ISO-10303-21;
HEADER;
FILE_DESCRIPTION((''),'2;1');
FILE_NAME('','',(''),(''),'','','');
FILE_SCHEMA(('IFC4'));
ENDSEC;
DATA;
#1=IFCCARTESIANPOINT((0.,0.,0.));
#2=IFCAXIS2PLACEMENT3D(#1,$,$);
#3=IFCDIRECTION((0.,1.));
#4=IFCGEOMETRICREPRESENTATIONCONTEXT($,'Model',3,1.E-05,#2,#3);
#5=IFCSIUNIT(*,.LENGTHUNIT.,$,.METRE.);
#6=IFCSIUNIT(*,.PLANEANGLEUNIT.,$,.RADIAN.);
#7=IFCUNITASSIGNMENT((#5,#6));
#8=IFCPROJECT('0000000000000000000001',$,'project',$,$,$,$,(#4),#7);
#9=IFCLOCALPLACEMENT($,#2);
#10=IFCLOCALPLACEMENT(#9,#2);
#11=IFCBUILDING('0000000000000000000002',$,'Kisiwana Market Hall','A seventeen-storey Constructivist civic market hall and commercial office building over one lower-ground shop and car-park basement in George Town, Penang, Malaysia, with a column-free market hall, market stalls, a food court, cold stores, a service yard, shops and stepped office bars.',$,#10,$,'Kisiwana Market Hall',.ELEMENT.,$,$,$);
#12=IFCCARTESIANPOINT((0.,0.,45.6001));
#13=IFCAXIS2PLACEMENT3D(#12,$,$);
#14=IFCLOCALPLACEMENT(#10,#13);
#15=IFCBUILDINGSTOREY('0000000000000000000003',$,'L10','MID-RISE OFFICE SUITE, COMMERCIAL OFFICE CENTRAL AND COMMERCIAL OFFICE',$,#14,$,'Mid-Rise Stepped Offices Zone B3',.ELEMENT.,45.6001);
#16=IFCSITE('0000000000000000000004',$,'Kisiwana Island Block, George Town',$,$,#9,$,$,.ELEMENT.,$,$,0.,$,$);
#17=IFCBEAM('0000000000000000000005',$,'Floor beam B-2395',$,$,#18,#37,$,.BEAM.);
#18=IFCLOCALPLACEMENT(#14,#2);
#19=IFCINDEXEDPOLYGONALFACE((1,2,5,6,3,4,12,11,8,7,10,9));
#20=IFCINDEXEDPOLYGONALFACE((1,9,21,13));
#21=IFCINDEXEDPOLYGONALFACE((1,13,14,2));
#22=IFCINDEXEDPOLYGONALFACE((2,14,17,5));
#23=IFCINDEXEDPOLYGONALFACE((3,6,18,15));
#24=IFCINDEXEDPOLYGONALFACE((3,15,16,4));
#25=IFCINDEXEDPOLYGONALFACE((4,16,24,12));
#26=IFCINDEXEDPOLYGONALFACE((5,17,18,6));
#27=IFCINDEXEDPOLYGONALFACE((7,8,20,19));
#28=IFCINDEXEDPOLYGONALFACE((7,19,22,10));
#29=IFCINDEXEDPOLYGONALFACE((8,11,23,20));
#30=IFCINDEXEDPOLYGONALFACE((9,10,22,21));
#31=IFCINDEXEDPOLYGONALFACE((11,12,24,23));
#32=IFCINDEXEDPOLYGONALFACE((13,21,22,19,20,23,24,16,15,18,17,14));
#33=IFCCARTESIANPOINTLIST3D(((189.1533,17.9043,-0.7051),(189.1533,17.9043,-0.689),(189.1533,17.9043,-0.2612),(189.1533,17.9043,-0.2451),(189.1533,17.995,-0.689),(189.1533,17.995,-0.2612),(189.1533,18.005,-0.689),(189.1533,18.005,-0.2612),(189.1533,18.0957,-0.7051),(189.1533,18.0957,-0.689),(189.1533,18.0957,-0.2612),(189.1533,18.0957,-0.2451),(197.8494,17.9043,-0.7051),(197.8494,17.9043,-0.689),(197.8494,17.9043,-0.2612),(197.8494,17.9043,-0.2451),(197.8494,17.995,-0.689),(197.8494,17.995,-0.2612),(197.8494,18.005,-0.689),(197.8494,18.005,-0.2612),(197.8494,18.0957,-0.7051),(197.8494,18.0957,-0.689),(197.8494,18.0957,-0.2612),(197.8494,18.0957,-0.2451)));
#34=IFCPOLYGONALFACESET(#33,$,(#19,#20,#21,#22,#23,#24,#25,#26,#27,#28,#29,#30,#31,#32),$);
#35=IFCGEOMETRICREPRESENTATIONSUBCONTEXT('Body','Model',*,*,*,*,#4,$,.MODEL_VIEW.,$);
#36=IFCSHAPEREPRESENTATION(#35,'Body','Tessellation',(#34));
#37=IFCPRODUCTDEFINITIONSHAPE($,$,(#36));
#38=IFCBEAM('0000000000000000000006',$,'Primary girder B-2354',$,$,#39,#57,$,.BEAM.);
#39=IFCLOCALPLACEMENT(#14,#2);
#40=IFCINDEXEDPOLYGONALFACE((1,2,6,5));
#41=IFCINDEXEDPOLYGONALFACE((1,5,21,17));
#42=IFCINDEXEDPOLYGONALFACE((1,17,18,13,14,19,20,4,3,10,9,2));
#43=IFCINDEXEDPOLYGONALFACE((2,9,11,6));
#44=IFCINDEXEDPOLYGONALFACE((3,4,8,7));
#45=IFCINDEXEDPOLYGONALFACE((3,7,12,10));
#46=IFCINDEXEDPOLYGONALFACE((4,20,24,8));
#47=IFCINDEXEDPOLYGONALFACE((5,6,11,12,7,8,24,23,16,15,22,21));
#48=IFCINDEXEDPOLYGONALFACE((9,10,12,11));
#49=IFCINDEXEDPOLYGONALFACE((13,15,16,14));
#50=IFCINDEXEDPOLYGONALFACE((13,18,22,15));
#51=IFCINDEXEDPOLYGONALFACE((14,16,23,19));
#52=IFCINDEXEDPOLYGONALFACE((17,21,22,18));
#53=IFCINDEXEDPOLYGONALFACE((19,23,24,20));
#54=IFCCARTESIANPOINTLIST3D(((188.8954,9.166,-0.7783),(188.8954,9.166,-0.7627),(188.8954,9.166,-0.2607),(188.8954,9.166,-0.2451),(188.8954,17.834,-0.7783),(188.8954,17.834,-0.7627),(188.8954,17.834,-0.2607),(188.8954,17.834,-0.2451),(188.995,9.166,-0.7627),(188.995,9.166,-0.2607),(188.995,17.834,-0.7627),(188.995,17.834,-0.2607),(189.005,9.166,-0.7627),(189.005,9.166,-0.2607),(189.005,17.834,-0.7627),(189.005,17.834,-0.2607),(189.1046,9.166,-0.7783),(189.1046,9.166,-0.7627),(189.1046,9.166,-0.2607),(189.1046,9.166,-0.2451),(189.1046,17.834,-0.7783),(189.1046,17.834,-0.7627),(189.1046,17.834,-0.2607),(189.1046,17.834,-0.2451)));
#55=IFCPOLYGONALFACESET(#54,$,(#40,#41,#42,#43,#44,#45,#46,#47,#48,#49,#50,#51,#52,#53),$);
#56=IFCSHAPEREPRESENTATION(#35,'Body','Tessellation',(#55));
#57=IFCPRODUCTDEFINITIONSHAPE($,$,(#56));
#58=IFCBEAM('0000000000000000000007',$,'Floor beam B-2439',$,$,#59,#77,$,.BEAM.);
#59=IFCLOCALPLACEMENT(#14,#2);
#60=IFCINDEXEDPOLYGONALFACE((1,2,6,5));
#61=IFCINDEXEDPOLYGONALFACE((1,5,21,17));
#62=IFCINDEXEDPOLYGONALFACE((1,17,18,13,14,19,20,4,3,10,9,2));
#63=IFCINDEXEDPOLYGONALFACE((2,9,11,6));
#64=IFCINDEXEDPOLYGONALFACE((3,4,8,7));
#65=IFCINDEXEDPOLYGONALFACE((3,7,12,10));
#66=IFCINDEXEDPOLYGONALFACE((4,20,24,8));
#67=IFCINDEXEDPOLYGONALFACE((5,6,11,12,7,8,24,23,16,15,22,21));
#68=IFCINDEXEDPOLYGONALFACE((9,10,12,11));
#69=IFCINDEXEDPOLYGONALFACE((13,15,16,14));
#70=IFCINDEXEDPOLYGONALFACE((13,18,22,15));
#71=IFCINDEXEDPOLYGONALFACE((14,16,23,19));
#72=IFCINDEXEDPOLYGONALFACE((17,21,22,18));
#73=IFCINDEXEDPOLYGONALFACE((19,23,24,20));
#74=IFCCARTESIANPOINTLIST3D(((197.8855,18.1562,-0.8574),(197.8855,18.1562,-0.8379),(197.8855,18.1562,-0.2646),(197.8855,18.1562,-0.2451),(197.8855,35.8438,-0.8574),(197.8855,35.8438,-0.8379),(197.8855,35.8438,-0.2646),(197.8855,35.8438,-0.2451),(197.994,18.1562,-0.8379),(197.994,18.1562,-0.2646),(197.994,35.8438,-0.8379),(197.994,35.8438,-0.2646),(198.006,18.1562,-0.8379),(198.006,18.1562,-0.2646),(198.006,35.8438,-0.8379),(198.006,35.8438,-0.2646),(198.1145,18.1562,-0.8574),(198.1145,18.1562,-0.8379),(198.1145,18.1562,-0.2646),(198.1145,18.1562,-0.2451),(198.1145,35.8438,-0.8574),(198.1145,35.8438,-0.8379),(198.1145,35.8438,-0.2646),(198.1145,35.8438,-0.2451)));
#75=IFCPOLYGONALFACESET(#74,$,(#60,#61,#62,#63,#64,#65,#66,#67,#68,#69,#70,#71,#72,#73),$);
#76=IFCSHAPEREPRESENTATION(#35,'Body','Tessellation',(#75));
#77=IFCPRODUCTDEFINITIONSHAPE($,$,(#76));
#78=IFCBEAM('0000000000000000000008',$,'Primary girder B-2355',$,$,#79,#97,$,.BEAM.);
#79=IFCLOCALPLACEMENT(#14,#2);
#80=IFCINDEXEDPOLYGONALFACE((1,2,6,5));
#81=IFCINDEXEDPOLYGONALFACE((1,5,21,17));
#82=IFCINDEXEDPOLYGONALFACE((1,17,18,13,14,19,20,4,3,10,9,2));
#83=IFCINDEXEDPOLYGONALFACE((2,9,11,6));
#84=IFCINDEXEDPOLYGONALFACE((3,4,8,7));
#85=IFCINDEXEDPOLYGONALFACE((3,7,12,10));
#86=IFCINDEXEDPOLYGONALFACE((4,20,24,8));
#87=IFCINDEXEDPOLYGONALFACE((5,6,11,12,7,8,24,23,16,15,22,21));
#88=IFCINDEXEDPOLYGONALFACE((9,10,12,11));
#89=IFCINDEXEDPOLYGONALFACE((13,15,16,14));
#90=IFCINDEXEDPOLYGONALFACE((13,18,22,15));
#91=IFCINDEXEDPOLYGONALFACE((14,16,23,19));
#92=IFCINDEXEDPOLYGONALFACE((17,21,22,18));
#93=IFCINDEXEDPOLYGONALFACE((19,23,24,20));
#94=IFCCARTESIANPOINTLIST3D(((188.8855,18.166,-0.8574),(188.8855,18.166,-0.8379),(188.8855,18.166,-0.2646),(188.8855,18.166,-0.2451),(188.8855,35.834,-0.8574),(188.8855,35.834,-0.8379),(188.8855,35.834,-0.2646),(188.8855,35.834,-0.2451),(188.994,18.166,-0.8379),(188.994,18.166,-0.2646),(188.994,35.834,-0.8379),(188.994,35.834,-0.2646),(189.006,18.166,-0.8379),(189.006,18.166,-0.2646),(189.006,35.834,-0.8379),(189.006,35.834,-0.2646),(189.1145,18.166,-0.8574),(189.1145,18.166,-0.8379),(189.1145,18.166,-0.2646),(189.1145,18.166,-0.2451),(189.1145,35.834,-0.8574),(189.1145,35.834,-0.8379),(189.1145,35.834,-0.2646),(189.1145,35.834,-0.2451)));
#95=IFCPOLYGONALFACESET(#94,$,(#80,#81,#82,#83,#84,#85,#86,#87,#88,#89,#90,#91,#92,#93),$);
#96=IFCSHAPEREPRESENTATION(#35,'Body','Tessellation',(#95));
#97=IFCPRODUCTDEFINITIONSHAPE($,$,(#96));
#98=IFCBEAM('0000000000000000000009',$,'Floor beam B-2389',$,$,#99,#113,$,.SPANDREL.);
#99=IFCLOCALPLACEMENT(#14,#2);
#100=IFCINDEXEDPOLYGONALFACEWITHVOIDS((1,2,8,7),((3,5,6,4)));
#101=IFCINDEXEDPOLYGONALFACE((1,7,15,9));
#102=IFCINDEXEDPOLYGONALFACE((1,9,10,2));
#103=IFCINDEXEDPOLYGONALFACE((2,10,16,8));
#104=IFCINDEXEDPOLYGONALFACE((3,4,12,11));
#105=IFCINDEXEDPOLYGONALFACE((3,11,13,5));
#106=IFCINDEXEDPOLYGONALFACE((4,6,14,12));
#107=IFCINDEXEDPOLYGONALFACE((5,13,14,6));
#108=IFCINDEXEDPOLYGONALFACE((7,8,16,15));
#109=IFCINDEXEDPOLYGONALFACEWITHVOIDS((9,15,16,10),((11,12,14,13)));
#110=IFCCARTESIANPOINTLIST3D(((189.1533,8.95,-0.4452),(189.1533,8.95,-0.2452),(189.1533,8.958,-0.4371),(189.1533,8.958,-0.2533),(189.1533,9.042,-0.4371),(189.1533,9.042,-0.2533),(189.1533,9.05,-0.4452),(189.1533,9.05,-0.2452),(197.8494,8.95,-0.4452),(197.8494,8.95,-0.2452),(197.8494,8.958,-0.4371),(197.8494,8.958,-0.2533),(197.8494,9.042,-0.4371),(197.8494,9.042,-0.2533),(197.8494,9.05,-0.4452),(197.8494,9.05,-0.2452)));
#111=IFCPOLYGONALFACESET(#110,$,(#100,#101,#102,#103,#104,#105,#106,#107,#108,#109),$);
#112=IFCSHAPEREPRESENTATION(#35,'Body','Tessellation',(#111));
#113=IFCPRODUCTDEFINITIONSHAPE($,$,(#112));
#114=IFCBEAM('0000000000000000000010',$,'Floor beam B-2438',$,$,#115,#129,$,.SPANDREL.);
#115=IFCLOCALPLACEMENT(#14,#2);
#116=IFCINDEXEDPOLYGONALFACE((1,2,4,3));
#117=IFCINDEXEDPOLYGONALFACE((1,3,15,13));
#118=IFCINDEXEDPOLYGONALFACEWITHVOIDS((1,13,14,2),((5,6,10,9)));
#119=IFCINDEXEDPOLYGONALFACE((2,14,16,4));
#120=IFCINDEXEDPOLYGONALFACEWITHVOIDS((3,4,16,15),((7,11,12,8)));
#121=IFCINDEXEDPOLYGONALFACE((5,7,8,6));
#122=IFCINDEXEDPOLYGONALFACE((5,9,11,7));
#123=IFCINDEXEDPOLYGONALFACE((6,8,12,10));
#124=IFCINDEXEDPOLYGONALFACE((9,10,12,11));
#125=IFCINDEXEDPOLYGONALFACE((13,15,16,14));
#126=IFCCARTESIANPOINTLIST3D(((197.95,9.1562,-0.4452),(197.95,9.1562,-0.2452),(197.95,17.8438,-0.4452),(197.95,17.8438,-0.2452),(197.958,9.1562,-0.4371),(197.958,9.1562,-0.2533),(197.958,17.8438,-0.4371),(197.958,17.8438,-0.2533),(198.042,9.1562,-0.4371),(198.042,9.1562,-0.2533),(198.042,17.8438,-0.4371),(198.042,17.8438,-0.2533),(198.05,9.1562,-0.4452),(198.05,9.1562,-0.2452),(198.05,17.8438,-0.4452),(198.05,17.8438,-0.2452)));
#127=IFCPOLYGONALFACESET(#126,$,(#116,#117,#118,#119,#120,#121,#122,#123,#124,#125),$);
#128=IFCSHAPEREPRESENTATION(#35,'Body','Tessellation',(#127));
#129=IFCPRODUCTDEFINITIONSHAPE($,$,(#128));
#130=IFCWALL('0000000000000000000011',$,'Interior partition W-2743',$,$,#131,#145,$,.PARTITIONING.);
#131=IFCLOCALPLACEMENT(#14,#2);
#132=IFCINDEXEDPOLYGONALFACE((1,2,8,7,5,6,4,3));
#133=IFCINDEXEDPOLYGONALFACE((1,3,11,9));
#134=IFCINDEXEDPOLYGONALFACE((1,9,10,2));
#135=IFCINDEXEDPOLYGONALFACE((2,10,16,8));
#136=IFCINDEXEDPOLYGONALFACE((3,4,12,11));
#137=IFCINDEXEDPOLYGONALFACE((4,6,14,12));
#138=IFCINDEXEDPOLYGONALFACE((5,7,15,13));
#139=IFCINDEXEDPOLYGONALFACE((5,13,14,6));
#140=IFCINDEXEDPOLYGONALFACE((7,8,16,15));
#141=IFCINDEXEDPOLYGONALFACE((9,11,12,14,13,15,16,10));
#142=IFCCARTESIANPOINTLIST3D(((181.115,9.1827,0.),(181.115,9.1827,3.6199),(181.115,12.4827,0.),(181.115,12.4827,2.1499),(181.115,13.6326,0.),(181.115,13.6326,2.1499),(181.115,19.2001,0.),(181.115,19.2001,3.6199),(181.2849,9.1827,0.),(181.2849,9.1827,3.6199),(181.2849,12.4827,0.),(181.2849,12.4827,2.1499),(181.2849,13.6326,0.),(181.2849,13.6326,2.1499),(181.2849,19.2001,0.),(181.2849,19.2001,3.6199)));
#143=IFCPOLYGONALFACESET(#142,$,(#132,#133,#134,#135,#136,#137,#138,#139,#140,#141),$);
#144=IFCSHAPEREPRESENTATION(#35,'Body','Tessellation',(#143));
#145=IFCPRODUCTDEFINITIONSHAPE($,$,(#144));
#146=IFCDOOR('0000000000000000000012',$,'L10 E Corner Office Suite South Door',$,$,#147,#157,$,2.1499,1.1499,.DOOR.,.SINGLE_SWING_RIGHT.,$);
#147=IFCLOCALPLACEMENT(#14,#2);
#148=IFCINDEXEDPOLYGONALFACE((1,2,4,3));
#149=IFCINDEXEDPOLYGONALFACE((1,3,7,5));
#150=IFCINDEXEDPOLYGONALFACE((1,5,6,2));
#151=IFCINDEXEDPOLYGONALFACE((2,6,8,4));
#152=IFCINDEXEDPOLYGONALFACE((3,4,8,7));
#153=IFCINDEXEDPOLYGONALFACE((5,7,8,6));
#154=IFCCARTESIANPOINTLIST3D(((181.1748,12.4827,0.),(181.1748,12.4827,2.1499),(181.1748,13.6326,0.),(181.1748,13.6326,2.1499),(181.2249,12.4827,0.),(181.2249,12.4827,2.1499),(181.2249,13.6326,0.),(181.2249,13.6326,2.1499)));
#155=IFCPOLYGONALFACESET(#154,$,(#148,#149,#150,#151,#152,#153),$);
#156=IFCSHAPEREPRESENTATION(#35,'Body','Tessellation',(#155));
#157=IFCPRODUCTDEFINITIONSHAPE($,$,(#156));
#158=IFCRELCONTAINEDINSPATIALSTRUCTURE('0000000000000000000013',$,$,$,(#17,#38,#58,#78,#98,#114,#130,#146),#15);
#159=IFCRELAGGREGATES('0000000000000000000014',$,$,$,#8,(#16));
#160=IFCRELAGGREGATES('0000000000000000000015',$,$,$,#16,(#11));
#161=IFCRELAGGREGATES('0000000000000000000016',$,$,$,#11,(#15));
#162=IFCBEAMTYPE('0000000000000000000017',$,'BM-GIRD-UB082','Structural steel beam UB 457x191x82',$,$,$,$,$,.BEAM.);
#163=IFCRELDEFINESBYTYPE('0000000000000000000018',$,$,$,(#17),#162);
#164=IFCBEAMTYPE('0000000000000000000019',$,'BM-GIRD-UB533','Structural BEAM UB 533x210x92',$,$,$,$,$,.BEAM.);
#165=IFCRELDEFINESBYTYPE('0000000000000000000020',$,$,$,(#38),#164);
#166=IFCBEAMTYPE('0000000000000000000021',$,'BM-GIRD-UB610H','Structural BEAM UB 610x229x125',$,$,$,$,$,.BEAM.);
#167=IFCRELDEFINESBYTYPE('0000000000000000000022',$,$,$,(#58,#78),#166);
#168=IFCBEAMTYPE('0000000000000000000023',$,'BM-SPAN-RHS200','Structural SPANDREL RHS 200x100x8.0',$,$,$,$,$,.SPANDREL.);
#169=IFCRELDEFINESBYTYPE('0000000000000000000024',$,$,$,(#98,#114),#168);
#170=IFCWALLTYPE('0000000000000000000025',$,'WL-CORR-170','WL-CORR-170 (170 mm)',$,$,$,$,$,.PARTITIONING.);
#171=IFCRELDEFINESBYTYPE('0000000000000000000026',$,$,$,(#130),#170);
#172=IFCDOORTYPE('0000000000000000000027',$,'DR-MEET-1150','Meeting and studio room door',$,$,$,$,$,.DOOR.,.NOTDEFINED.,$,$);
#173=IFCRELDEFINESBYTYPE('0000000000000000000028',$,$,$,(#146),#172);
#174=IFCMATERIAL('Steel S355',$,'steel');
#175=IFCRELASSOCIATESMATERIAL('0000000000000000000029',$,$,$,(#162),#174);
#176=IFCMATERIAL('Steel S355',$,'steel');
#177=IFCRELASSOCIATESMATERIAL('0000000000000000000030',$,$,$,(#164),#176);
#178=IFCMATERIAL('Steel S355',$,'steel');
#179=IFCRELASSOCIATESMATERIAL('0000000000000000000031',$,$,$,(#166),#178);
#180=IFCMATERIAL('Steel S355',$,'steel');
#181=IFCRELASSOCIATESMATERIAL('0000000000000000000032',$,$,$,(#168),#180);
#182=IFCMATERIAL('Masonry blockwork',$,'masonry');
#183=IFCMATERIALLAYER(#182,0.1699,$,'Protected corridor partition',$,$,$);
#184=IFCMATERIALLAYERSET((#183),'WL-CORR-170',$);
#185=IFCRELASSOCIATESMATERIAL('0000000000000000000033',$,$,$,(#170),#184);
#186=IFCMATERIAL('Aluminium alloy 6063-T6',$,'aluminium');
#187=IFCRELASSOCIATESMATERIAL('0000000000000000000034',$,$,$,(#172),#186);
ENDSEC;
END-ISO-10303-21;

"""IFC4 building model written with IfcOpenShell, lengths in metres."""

from ifc_helpers import new_model, si_unit, direction, frame, frame_2d, origin, origin_2d, place, context, subcontext, project, spatial, rectangle, hollow_rectangle, i_section, extrude, material, layer, layer_set, material_profile, profile_set, type_object, element, fill, save


model = new_model("IFC4")

# Units and contexts
model_context = context("Model", 3, precision=1e-05, world=origin(), true_north=direction((0.0, 1.0)))
body_context = subcontext(model_context, "Body", "Model", "MODEL_VIEW")
ifc_project = project(units=[si_unit("LENGTHUNIT", "METRE"), si_unit("PLANEANGLEUNIT", "RADIAN")], contexts=[model_context])

# Site, building, storey
site_placement = place(None, origin())
site = spatial("IfcSite", under=ifc_project, at=site_placement, Name="Kisiwana Island Block, George Town", CompositionType="ELEMENT", RefElevation=0.0)
building_placement = place(site_placement, origin())
building = spatial("IfcBuilding", under=site, at=building_placement, Name="Kisiwana Market Hall", Description="A seventeen-storey Constructivist civic market hall and commercial office building over one lower-ground shop and car-park basement in George Town, Penang, Malaysia, with a column-free market hall, market stalls, a food court, cold stores, a service yard, shops and stepped office bars.", LongName="Kisiwana Market Hall", CompositionType="ELEMENT")
storey_placement = place(building_placement, frame((0.0, 0.0, 45.6001)))
storey = spatial("IfcBuildingStorey", under=building, at=storey_placement, Name="L10", Description="MID-RISE OFFICE SUITE, COMMERCIAL OFFICE CENTRAL AND COMMERCIAL OFFICE", LongName="Mid-Rise Stepped Offices Zone B3", CompositionType="ELEMENT", Elevation=45.6001)

# Beams
ifc_material_1 = material(Name="Steel S355", Category="steel")
ifc_material_profile_1 = material_profile(ifc_material_1, i_section(OverallWidth=0.1914, OverallDepth=0.46, WebThickness=0.01, FlangeThickness=0.0161, at=origin_2d()), Name="UB 457x191x82")
ifc_profile_set_1 = profile_set([ifc_material_profile_1], Name="Steel S355")
beam_type_1 = type_object("IfcBeamType", Name="BM-GIRD-UB082", Description="Structural steel beam UB 457x191x82", PredefinedType="BEAM", material=ifc_profile_set_1)
beam_1_placement = place(storey_placement, frame((189.1533, 18.0, -0.4751), z_axis=(1.0, 0.0, 0.0), x_axis=(0.0, 1.0, 0.0)))
element("IfcBeam", 1, at=beam_1_placement, inside=storey, type_object=beam_type_1, Name="Floor beam B-2395", PredefinedType="BEAM", context=body_context, shape_type="SweptSolid", body=[
    extrude(i_section(OverallWidth=0.1914, OverallDepth=0.46, WebThickness=0.01, FlangeThickness=0.0161, at=origin_2d()), origin(), (0.0, 0.0, 1.0), 8.696),
])
ifc_material_2 = material(Name="Steel S355", Category="steel")
ifc_material_profile_2 = material_profile(ifc_material_2, i_section(OverallWidth=0.2092, OverallDepth=0.5332, WebThickness=0.01, FlangeThickness=0.0156, at=origin_2d()), Name="UB 533x210x92")
ifc_profile_set_2 = profile_set([ifc_material_profile_2], Name="Steel S355")
beam_type_2 = type_object("IfcBeamType", Name="BM-GIRD-UB533", Description="Structural BEAM UB 533x210x92", PredefinedType="BEAM", material=ifc_profile_set_2)
beam_2_placement = place(storey_placement, frame((189.0, 9.166, -0.5117), z_axis=(0.0, 1.0, 0.0), x_axis=(-1.0, 0.0, 0.0)))
element("IfcBeam", 2, at=beam_2_placement, inside=storey, type_object=beam_type_2, Name="Primary girder B-2354", PredefinedType="BEAM", context=body_context, shape_type="SweptSolid", body=[
    extrude(i_section(OverallWidth=0.2092, OverallDepth=0.5332, WebThickness=0.01, FlangeThickness=0.0156, at=origin_2d()), origin(), (0.0, 0.0, 1.0), 8.668),
])
ifc_material_3 = material(Name="Steel S355", Category="steel")
ifc_material_profile_3 = material_profile(ifc_material_3, i_section(OverallWidth=0.229, OverallDepth=0.6123, WebThickness=0.012, FlangeThickness=0.0195, at=origin_2d()), Name="UB 610x229x125")
ifc_profile_set_3 = profile_set([ifc_material_profile_3], Name="Steel S355")
beam_type_3 = type_object("IfcBeamType", Name="BM-GIRD-UB610H", Description="Structural BEAM UB 610x229x125", PredefinedType="BEAM", material=ifc_profile_set_3)
beam_3_placement = place(storey_placement, frame((198.0, 18.1562, -0.5513), z_axis=(0.0, 1.0, 0.0), x_axis=(-1.0, 0.0, 0.0)))
element("IfcBeam", 3, at=beam_3_placement, inside=storey, type_object=beam_type_3, Name="Floor beam B-2439", PredefinedType="BEAM", context=body_context, shape_type="SweptSolid", body=[
    extrude(i_section(OverallWidth=0.229, OverallDepth=0.6123, WebThickness=0.012, FlangeThickness=0.0195, at=origin_2d()), origin(), (0.0, 0.0, 1.0), 17.6875),
])
beam_4_placement = place(storey_placement, frame((189.0, 18.166, -0.5513), z_axis=(0.0, 1.0, 0.0), x_axis=(-1.0, 0.0, 0.0)))
element("IfcBeam", 4, at=beam_4_placement, inside=storey, type_object=beam_type_3, Name="Primary girder B-2355", PredefinedType="BEAM", context=body_context, shape_type="SweptSolid", body=[
    extrude(i_section(OverallWidth=0.229, OverallDepth=0.6123, WebThickness=0.012, FlangeThickness=0.0195, at=origin_2d()), origin(), (0.0, 0.0, 1.0), 17.668),
])
ifc_material_4 = material(Name="Steel S355", Category="steel")
ifc_material_profile_4 = material_profile(ifc_material_4, hollow_rectangle(XDim=0.1001, YDim=0.2, WallThickness=0.0081, at=origin_2d()), Name="RHS 200x100x8.0")
ifc_profile_set_4 = profile_set([ifc_material_profile_4], Name="Steel S355")
beam_type_4 = type_object("IfcBeamType", Name="BM-SPAN-RHS200", Description="Structural SPANDREL RHS 200x100x8.0", PredefinedType="SPANDREL", material=ifc_profile_set_4)
beam_5_placement = place(storey_placement, frame((189.1533, 9.0, -0.3452), z_axis=(1.0, 0.0, 0.0), x_axis=(0.0, 1.0, 0.0)))
element("IfcBeam", 5, at=beam_5_placement, inside=storey, type_object=beam_type_4, Name="Floor beam B-2389", PredefinedType="SPANDREL", context=body_context, shape_type="SweptSolid", body=[
    extrude(hollow_rectangle(XDim=0.1001, YDim=0.2, WallThickness=0.0081, at=origin_2d()), origin(), (0.0, 0.0, 1.0), 8.696),
])
beam_6_placement = place(storey_placement, frame((198.0, 9.1562, -0.3452), z_axis=(0.0, 1.0, 0.0), x_axis=(-1.0, 0.0, 0.0)))
element("IfcBeam", 6, at=beam_6_placement, inside=storey, type_object=beam_type_4, Name="Floor beam B-2438", PredefinedType="SPANDREL", context=body_context, shape_type="SweptSolid", body=[
    extrude(hollow_rectangle(XDim=0.1001, YDim=0.2, WallThickness=0.0081, at=origin_2d()), origin(), (0.0, 0.0, 1.0), 8.6875),
])

# Wall, opening, door
ifc_material_5 = material(Name="Masonry blockwork", Category="masonry")
ifc_layer_1 = layer(ifc_material_5, 0.1699, Name="Protected corridor partition")
ifc_layer_set_1 = layer_set([ifc_layer_1], Name="WL-CORR-170")
wall_type_1 = type_object("IfcWallType", Name="WL-CORR-170", Description="WL-CORR-170 (170 mm)", PredefinedType="PARTITIONING", material=ifc_layer_set_1)
wall_1_placement = place(storey_placement, frame((181.2, 9.1826, 0.0), z_axis=(0.0, 0.0, 1.0), x_axis=(0.0, 1.0, 0.0)))
wall_1 = element("IfcWall", 7, at=wall_1_placement, inside=storey, type_object=wall_type_1, Name="Interior partition W-2743", PredefinedType="PARTITIONING", context=body_context, shape_type="SweptSolid", body=[
    extrude(rectangle(XDim=10.0173, YDim=0.1699, at=frame_2d((5.0088, 0.0))), origin(), (0.0, 0.0, 1.0), 3.6199),
])
opening_1_placement = place(wall_1_placement, frame((3.3, 0.0, 0.0)))
opening_1 = element("IfcOpeningElement", 8, at=opening_1_placement, cuts=wall_1, PredefinedType="OPENING", context=body_context, shape_type="SweptSolid", body=[
    extrude(rectangle(XDim=1.1499, YDim=2.1499, at=frame_2d((0.575, 1.075))), frame((0.0, 0.0969, 0.0), z_axis=(0.0, -1.0, 0.0), x_axis=(1.0, 0.0, 0.0)), (0.0, 0.0, 1.0), 0.1938),
])
ifc_material_6 = material(Name="Aluminium alloy 6063-T6", Category="aluminium")
door_type = type_object("IfcDoorType", Name="DR-MEET-1150", Description="Meeting and studio room door", OperationType="NOTDEFINED", PredefinedType="DOOR", material=ifc_material_6)
door_placement = place(opening_1_placement, frame((1.1499, 0.0, 0.0), z_axis=(0.0, 0.0, 1.0), x_axis=(-1.0, 0.0, 0.0)))
door = element("IfcDoor", 9, at=door_placement, inside=storey, type_object=door_type, Name="L10 E Corner Office Suite South Door", OperationType="SINGLE_SWING_RIGHT", OverallHeight=2.1499, OverallWidth=1.1499, PredefinedType="DOOR", context=body_context, shape_type="SweptSolid", body=[
    extrude(rectangle(XDim=1.1499, YDim=2.1499, at=frame_2d((0.575, 1.075))), frame((0.0, 0.0249, 0.0), z_axis=(0.0, -1.0, 0.0), x_axis=(1.0, 0.0, 0.0)), (0.0, 0.0, 1.0), 0.05),
])
fill(opening_1, door)

save(model, "model.ifc")
